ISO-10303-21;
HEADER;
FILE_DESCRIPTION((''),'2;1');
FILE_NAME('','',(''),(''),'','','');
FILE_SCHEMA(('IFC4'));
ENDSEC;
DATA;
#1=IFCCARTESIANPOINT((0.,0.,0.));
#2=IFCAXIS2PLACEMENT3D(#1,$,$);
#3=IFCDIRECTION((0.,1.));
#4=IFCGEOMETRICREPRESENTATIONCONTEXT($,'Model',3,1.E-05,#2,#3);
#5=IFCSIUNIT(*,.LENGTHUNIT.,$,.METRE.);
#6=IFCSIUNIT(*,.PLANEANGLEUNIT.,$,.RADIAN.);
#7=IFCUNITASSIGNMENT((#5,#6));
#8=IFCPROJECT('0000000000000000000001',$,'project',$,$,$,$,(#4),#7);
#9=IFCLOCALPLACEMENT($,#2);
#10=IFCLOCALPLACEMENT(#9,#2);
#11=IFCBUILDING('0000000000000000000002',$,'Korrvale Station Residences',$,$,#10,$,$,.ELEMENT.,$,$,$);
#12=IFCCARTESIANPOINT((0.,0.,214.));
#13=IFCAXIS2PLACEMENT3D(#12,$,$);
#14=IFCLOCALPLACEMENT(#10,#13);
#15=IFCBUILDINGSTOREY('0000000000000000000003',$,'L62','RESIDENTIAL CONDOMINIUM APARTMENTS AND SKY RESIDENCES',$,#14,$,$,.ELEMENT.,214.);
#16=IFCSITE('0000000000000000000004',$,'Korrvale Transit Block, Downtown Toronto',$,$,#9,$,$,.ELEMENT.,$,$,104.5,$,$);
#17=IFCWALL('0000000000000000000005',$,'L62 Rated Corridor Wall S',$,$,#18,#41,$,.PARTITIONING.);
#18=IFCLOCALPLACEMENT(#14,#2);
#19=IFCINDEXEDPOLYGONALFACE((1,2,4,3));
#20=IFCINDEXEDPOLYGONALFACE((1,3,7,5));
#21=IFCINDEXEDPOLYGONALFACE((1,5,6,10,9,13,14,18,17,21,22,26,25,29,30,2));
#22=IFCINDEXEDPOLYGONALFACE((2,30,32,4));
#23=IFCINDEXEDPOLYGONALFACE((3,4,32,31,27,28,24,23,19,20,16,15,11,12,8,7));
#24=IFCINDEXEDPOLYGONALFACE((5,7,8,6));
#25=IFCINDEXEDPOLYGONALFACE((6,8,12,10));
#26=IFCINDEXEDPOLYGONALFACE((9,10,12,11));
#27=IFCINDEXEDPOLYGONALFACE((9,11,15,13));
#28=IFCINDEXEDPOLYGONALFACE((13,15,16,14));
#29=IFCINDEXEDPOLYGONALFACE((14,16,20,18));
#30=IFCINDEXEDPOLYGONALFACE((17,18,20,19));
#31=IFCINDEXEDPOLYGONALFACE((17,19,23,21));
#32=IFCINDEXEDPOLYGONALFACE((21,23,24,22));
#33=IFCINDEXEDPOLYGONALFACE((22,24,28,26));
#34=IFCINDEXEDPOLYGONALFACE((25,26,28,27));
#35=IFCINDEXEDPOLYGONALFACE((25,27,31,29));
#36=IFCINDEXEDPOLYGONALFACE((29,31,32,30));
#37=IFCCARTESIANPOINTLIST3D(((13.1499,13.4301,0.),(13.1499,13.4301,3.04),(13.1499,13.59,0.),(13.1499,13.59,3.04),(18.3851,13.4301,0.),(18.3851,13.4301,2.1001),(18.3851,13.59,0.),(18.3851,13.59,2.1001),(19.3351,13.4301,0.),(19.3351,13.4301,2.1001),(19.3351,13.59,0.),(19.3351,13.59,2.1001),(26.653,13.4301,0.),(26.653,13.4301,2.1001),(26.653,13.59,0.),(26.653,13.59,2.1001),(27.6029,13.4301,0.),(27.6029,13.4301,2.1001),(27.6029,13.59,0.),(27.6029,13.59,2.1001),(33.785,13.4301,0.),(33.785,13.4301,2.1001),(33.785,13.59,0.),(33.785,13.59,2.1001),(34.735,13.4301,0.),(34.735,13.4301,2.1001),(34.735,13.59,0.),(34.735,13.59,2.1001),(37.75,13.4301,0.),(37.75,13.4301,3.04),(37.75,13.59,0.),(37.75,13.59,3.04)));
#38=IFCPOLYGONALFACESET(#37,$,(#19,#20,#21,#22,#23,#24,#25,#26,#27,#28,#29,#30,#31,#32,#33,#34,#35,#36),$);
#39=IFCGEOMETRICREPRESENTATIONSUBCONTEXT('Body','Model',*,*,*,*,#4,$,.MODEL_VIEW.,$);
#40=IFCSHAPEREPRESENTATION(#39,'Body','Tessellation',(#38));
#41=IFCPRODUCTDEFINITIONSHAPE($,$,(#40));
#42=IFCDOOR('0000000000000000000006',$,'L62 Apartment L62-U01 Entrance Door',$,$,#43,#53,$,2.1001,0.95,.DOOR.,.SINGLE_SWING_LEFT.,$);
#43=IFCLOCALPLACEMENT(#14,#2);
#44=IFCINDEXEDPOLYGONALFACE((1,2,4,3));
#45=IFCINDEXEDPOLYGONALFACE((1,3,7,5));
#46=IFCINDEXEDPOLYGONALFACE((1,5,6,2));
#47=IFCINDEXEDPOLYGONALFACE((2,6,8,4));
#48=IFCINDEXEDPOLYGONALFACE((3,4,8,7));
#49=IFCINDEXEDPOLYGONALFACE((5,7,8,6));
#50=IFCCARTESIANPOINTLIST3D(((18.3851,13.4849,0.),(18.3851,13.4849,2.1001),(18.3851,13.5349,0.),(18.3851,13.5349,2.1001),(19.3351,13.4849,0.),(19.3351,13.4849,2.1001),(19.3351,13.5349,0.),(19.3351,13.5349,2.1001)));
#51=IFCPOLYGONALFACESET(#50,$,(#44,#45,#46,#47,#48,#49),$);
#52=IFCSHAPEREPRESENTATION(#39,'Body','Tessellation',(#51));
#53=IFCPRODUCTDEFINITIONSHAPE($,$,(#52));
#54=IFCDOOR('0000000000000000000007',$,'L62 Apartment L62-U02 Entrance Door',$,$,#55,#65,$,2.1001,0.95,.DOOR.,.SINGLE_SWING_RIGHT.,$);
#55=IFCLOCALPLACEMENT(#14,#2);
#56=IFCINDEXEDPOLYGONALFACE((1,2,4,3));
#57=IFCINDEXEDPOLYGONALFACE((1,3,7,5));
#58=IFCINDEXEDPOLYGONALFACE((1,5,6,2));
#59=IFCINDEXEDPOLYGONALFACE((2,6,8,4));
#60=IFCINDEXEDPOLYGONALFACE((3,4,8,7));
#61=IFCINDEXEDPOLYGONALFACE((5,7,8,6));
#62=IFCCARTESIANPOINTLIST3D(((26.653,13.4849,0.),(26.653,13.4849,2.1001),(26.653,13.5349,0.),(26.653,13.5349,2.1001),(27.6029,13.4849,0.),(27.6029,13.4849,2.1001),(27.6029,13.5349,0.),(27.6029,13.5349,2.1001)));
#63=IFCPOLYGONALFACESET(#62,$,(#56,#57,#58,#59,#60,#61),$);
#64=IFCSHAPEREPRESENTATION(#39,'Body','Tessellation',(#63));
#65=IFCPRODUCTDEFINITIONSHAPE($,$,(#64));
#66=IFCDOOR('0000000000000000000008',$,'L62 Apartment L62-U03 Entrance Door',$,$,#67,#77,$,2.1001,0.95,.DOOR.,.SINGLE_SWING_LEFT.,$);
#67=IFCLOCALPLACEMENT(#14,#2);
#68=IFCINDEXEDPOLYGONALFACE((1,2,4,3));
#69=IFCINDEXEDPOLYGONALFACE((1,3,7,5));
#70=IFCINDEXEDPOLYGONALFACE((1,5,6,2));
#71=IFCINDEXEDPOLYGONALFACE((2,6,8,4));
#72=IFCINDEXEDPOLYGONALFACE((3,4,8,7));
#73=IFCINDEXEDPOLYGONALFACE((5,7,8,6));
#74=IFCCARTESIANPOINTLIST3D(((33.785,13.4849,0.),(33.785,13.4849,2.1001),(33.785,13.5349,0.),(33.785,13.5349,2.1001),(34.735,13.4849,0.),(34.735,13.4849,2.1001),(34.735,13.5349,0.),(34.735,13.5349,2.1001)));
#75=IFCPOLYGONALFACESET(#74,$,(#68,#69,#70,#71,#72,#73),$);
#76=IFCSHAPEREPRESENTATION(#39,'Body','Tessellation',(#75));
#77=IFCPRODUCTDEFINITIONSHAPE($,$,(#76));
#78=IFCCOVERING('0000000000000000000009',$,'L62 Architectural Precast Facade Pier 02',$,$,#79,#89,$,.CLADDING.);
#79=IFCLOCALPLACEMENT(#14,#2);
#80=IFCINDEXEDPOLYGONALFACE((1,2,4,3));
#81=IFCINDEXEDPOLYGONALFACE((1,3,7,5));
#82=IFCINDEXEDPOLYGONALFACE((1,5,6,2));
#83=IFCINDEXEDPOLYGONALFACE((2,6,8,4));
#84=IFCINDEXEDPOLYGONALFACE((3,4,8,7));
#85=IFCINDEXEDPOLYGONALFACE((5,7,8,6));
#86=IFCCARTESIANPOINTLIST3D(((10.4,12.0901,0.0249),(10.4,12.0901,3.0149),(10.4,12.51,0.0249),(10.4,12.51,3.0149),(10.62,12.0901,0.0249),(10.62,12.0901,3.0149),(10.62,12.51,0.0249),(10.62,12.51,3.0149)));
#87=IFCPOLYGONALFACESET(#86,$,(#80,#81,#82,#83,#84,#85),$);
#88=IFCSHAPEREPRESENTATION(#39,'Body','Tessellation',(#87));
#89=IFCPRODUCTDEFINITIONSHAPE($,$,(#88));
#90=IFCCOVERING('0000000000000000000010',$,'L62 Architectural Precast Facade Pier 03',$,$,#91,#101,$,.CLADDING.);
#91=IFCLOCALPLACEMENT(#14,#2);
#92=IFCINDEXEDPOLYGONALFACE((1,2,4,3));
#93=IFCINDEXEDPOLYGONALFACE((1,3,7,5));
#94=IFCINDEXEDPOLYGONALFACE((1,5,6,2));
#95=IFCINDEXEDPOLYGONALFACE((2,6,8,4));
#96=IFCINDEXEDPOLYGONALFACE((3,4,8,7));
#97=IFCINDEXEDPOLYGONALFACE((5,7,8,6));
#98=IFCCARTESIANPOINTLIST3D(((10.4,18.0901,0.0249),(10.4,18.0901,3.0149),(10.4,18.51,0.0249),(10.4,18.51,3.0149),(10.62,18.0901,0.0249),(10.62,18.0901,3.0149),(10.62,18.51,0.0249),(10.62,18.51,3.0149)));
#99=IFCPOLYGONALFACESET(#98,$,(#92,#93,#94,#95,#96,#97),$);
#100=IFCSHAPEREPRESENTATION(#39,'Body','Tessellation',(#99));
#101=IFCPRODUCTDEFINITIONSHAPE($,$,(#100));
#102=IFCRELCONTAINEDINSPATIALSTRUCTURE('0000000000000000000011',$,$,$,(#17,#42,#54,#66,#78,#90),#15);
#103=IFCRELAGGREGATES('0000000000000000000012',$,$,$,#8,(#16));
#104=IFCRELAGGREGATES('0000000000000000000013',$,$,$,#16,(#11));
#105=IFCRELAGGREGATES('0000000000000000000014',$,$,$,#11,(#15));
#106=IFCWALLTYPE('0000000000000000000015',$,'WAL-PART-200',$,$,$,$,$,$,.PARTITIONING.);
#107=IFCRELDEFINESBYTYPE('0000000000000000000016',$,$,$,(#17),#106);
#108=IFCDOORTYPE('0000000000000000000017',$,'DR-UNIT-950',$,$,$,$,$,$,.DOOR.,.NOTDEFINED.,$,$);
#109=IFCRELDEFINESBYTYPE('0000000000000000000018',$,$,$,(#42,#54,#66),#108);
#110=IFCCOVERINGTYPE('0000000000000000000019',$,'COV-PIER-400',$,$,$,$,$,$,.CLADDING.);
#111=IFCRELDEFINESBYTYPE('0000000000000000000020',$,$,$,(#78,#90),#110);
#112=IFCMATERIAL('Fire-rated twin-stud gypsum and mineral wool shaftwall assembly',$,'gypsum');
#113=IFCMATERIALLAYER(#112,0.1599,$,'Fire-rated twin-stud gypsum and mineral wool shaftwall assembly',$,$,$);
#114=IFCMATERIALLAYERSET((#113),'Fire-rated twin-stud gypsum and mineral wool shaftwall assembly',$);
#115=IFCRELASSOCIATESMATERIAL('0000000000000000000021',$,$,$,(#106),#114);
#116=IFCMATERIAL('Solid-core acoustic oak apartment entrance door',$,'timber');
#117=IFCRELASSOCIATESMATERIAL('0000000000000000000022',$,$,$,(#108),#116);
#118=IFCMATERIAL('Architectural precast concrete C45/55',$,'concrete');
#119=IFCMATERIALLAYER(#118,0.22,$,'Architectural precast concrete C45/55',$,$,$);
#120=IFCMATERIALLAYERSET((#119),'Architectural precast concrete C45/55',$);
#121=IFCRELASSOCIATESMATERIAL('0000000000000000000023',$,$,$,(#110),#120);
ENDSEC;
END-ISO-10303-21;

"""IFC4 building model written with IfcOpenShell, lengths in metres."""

from ifc_helpers import new_model, si_unit, direction, frame, frame_2d, origin, origin_2d, place, context, subcontext, project, spatial, rectangle, extrude, material, layer, layer_set, type_object, element, fill, save


model = new_model("IFC4")

# Units and contexts
model_context = context("Model", 3, precision=1e-05, world=origin(), true_north=direction((0.0, 1.0)))
body_context = subcontext(model_context, "Body", "Model", "MODEL_VIEW")
ifc_project = project(units=[si_unit("LENGTHUNIT", "METRE"), si_unit("PLANEANGLEUNIT", "RADIAN")], contexts=[model_context])

# Site, building, storey
site_placement = place(None, origin())
site = spatial("IfcSite", under=ifc_project, at=site_placement, Name="Korrvale Transit Block, Downtown Toronto", CompositionType="ELEMENT", RefElevation=104.5)
building_placement = place(site_placement, origin())
building = spatial("IfcBuilding", under=site, at=building_placement, Name="Korrvale Station Residences", CompositionType="ELEMENT")
storey_placement = place(building_placement, frame((0.0, 0.0, 214.0)))
storey = spatial("IfcBuildingStorey", under=building, at=storey_placement, Name="L62", Description="RESIDENTIAL CONDOMINIUM APARTMENTS AND SKY RESIDENCES", CompositionType="ELEMENT", Elevation=214.0)

# Shared definitions
ifc_material_1 = material(Name="Fire-rated twin-stud gypsum and mineral wool shaftwall assembly", Category="gypsum")
ifc_layer_1 = layer(ifc_material_1, 0.1599, Name="Fire-rated twin-stud gypsum and mineral wool shaftwall assembly")
ifc_layer_set_1 = layer_set([ifc_layer_1], Name="Fire-rated twin-stud gypsum and mineral wool shaftwall assembly")
wall_type_1 = type_object("IfcWallType", Name="WAL-PART-200", PredefinedType="PARTITIONING", material=ifc_layer_set_1)

# Shared definitions
ifc_material_2 = material(Name="Solid-core acoustic oak apartment entrance door", Category="timber")
door_type_1 = type_object("IfcDoorType", Name="DR-UNIT-950", OperationType="NOTDEFINED", PredefinedType="DOOR", material=ifc_material_2)

# Wall, openings, doors
wall_1_placement = place(storey_placement, frame((13.1499, 13.51, 0.0), z_axis=(0.0, 0.0, 1.0), x_axis=(1.0, 0.0, 0.0)))
wall_1 = element("IfcWall", 1, at=wall_1_placement, inside=storey, type_object=wall_type_1, Name="L62 Rated Corridor Wall S", PredefinedType="PARTITIONING", context=body_context, shape_type="SweptSolid", body=[
    extrude(rectangle(XDim=24.6001, YDim=0.1599, at=frame_2d((12.3, 0.0))), origin(), (0.0, 0.0, 1.0), 3.04),
])
opening_1_placement = place(wall_1_placement, frame((5.2351, 0.0, 0.0)))
opening_1 = element("IfcOpeningElement", 2, at=opening_1_placement, cuts=wall_1, PredefinedType="OPENING", context=body_context, shape_type="SweptSolid", body=[
    extrude(rectangle(XDim=0.95, YDim=2.1001, at=frame_2d((0.4751, 1.05))), frame((0.0, 0.0898, 0.0), z_axis=(0.0, -1.0, 0.0), x_axis=(1.0, 0.0, 0.0)), (0.0, 0.0, 1.0), 0.1799),
])
opening_2_placement = place(wall_1_placement, frame((13.5029, 0.0, 0.0)))
opening_2 = element("IfcOpeningElement", 3, at=opening_2_placement, cuts=wall_1, PredefinedType="OPENING", context=body_context, shape_type="SweptSolid", body=[
    extrude(rectangle(XDim=0.95, YDim=2.1001, at=frame_2d((0.4751, 1.05))), frame((0.0, 0.0898, 0.0), z_axis=(0.0, -1.0, 0.0), x_axis=(1.0, 0.0, 0.0)), (0.0, 0.0, 1.0), 0.1799),
])
opening_3_placement = place(wall_1_placement, frame((20.635, 0.0, 0.0)))
opening_3 = element("IfcOpeningElement", 4, at=opening_3_placement, cuts=wall_1, PredefinedType="OPENING", context=body_context, shape_type="SweptSolid", body=[
    extrude(rectangle(XDim=0.95, YDim=2.1001, at=frame_2d((0.4751, 1.05))), frame((0.0, 0.0898, 0.0), z_axis=(0.0, -1.0, 0.0), x_axis=(1.0, 0.0, 0.0)), (0.0, 0.0, 1.0), 0.1799),
])
door_1_placement = place(opening_1_placement, origin())
door_1 = element("IfcDoor", 5, at=door_1_placement, inside=storey, type_object=door_type_1, Name="L62 Apartment L62-U01 Entrance Door", OperationType="SINGLE_SWING_LEFT", OverallHeight=2.1001, OverallWidth=0.95, PredefinedType="DOOR", context=body_context, shape_type="SweptSolid", body=[
    extrude(rectangle(XDim=0.95, YDim=2.1001, at=frame_2d((0.4751, 1.05))), frame((0.0, 0.0249, 0.0), z_axis=(0.0, -1.0, 0.0), x_axis=(1.0, 0.0, 0.0)), (0.0, 0.0, 1.0), 0.05),
])
fill(opening_1, door_1)
door_2_placement = place(opening_2_placement, origin())
door_2 = element("IfcDoor", 6, at=door_2_placement, inside=storey, type_object=door_type_1, Name="L62 Apartment L62-U02 Entrance Door", OperationType="SINGLE_SWING_RIGHT", OverallHeight=2.1001, OverallWidth=0.95, PredefinedType="DOOR", context=body_context, shape_type="SweptSolid", body=[
    extrude(rectangle(XDim=0.95, YDim=2.1001, at=frame_2d((0.4751, 1.05))), frame((0.0, 0.0249, 0.0), z_axis=(0.0, -1.0, 0.0), x_axis=(1.0, 0.0, 0.0)), (0.0, 0.0, 1.0), 0.05),
])
fill(opening_2, door_2)
door_3_placement = place(opening_3_placement, origin())
door_3 = element("IfcDoor", 7, at=door_3_placement, inside=storey, type_object=door_type_1, Name="L62 Apartment L62-U03 Entrance Door", OperationType="SINGLE_SWING_LEFT", OverallHeight=2.1001, OverallWidth=0.95, PredefinedType="DOOR", context=body_context, shape_type="SweptSolid", body=[
    extrude(rectangle(XDim=0.95, YDim=2.1001, at=frame_2d((0.4751, 1.05))), frame((0.0, 0.0249, 0.0), z_axis=(0.0, -1.0, 0.0), x_axis=(1.0, 0.0, 0.0)), (0.0, 0.0, 1.0), 0.05),
])
fill(opening_3, door_3)

# Coverings
ifc_material_3 = material(Name="Architectural precast concrete C45/55", Category="concrete")
ifc_layer_2 = layer(ifc_material_3, 0.22, Name="Architectural precast concrete C45/55")
ifc_layer_set_2 = layer_set([ifc_layer_2], Name="Architectural precast concrete C45/55")
covering_type = type_object("IfcCoveringType", Name="COV-PIER-400", PredefinedType="CLADDING", material=ifc_layer_set_2)
for number, where, z_axis, x_axis, name in (
    (8, (10.51, 12.3, 0.0249), (0.0, 0.0, 1.0), (0.0, 1.0, 0.0), "L62 Architectural Precast Facade Pier 02"),
    (9, (10.51, 18.3, 0.0249), (0.0, 0.0, 1.0), (0.0, 1.0, 0.0), "L62 Architectural Precast Facade Pier 03"),
):
    element("IfcCovering", number, at=place(storey_placement, frame(where, z_axis=z_axis, x_axis=x_axis)), inside=storey, type_object=covering_type, Name=name, PredefinedType="CLADDING", context=body_context, shape_type="SweptSolid", body=[
        extrude(rectangle(XDim=0.4199, YDim=0.22, at=origin_2d()), origin(), (0.0, 0.0, 1.0), 2.99),
    ])

save(model, "model.ifc")
